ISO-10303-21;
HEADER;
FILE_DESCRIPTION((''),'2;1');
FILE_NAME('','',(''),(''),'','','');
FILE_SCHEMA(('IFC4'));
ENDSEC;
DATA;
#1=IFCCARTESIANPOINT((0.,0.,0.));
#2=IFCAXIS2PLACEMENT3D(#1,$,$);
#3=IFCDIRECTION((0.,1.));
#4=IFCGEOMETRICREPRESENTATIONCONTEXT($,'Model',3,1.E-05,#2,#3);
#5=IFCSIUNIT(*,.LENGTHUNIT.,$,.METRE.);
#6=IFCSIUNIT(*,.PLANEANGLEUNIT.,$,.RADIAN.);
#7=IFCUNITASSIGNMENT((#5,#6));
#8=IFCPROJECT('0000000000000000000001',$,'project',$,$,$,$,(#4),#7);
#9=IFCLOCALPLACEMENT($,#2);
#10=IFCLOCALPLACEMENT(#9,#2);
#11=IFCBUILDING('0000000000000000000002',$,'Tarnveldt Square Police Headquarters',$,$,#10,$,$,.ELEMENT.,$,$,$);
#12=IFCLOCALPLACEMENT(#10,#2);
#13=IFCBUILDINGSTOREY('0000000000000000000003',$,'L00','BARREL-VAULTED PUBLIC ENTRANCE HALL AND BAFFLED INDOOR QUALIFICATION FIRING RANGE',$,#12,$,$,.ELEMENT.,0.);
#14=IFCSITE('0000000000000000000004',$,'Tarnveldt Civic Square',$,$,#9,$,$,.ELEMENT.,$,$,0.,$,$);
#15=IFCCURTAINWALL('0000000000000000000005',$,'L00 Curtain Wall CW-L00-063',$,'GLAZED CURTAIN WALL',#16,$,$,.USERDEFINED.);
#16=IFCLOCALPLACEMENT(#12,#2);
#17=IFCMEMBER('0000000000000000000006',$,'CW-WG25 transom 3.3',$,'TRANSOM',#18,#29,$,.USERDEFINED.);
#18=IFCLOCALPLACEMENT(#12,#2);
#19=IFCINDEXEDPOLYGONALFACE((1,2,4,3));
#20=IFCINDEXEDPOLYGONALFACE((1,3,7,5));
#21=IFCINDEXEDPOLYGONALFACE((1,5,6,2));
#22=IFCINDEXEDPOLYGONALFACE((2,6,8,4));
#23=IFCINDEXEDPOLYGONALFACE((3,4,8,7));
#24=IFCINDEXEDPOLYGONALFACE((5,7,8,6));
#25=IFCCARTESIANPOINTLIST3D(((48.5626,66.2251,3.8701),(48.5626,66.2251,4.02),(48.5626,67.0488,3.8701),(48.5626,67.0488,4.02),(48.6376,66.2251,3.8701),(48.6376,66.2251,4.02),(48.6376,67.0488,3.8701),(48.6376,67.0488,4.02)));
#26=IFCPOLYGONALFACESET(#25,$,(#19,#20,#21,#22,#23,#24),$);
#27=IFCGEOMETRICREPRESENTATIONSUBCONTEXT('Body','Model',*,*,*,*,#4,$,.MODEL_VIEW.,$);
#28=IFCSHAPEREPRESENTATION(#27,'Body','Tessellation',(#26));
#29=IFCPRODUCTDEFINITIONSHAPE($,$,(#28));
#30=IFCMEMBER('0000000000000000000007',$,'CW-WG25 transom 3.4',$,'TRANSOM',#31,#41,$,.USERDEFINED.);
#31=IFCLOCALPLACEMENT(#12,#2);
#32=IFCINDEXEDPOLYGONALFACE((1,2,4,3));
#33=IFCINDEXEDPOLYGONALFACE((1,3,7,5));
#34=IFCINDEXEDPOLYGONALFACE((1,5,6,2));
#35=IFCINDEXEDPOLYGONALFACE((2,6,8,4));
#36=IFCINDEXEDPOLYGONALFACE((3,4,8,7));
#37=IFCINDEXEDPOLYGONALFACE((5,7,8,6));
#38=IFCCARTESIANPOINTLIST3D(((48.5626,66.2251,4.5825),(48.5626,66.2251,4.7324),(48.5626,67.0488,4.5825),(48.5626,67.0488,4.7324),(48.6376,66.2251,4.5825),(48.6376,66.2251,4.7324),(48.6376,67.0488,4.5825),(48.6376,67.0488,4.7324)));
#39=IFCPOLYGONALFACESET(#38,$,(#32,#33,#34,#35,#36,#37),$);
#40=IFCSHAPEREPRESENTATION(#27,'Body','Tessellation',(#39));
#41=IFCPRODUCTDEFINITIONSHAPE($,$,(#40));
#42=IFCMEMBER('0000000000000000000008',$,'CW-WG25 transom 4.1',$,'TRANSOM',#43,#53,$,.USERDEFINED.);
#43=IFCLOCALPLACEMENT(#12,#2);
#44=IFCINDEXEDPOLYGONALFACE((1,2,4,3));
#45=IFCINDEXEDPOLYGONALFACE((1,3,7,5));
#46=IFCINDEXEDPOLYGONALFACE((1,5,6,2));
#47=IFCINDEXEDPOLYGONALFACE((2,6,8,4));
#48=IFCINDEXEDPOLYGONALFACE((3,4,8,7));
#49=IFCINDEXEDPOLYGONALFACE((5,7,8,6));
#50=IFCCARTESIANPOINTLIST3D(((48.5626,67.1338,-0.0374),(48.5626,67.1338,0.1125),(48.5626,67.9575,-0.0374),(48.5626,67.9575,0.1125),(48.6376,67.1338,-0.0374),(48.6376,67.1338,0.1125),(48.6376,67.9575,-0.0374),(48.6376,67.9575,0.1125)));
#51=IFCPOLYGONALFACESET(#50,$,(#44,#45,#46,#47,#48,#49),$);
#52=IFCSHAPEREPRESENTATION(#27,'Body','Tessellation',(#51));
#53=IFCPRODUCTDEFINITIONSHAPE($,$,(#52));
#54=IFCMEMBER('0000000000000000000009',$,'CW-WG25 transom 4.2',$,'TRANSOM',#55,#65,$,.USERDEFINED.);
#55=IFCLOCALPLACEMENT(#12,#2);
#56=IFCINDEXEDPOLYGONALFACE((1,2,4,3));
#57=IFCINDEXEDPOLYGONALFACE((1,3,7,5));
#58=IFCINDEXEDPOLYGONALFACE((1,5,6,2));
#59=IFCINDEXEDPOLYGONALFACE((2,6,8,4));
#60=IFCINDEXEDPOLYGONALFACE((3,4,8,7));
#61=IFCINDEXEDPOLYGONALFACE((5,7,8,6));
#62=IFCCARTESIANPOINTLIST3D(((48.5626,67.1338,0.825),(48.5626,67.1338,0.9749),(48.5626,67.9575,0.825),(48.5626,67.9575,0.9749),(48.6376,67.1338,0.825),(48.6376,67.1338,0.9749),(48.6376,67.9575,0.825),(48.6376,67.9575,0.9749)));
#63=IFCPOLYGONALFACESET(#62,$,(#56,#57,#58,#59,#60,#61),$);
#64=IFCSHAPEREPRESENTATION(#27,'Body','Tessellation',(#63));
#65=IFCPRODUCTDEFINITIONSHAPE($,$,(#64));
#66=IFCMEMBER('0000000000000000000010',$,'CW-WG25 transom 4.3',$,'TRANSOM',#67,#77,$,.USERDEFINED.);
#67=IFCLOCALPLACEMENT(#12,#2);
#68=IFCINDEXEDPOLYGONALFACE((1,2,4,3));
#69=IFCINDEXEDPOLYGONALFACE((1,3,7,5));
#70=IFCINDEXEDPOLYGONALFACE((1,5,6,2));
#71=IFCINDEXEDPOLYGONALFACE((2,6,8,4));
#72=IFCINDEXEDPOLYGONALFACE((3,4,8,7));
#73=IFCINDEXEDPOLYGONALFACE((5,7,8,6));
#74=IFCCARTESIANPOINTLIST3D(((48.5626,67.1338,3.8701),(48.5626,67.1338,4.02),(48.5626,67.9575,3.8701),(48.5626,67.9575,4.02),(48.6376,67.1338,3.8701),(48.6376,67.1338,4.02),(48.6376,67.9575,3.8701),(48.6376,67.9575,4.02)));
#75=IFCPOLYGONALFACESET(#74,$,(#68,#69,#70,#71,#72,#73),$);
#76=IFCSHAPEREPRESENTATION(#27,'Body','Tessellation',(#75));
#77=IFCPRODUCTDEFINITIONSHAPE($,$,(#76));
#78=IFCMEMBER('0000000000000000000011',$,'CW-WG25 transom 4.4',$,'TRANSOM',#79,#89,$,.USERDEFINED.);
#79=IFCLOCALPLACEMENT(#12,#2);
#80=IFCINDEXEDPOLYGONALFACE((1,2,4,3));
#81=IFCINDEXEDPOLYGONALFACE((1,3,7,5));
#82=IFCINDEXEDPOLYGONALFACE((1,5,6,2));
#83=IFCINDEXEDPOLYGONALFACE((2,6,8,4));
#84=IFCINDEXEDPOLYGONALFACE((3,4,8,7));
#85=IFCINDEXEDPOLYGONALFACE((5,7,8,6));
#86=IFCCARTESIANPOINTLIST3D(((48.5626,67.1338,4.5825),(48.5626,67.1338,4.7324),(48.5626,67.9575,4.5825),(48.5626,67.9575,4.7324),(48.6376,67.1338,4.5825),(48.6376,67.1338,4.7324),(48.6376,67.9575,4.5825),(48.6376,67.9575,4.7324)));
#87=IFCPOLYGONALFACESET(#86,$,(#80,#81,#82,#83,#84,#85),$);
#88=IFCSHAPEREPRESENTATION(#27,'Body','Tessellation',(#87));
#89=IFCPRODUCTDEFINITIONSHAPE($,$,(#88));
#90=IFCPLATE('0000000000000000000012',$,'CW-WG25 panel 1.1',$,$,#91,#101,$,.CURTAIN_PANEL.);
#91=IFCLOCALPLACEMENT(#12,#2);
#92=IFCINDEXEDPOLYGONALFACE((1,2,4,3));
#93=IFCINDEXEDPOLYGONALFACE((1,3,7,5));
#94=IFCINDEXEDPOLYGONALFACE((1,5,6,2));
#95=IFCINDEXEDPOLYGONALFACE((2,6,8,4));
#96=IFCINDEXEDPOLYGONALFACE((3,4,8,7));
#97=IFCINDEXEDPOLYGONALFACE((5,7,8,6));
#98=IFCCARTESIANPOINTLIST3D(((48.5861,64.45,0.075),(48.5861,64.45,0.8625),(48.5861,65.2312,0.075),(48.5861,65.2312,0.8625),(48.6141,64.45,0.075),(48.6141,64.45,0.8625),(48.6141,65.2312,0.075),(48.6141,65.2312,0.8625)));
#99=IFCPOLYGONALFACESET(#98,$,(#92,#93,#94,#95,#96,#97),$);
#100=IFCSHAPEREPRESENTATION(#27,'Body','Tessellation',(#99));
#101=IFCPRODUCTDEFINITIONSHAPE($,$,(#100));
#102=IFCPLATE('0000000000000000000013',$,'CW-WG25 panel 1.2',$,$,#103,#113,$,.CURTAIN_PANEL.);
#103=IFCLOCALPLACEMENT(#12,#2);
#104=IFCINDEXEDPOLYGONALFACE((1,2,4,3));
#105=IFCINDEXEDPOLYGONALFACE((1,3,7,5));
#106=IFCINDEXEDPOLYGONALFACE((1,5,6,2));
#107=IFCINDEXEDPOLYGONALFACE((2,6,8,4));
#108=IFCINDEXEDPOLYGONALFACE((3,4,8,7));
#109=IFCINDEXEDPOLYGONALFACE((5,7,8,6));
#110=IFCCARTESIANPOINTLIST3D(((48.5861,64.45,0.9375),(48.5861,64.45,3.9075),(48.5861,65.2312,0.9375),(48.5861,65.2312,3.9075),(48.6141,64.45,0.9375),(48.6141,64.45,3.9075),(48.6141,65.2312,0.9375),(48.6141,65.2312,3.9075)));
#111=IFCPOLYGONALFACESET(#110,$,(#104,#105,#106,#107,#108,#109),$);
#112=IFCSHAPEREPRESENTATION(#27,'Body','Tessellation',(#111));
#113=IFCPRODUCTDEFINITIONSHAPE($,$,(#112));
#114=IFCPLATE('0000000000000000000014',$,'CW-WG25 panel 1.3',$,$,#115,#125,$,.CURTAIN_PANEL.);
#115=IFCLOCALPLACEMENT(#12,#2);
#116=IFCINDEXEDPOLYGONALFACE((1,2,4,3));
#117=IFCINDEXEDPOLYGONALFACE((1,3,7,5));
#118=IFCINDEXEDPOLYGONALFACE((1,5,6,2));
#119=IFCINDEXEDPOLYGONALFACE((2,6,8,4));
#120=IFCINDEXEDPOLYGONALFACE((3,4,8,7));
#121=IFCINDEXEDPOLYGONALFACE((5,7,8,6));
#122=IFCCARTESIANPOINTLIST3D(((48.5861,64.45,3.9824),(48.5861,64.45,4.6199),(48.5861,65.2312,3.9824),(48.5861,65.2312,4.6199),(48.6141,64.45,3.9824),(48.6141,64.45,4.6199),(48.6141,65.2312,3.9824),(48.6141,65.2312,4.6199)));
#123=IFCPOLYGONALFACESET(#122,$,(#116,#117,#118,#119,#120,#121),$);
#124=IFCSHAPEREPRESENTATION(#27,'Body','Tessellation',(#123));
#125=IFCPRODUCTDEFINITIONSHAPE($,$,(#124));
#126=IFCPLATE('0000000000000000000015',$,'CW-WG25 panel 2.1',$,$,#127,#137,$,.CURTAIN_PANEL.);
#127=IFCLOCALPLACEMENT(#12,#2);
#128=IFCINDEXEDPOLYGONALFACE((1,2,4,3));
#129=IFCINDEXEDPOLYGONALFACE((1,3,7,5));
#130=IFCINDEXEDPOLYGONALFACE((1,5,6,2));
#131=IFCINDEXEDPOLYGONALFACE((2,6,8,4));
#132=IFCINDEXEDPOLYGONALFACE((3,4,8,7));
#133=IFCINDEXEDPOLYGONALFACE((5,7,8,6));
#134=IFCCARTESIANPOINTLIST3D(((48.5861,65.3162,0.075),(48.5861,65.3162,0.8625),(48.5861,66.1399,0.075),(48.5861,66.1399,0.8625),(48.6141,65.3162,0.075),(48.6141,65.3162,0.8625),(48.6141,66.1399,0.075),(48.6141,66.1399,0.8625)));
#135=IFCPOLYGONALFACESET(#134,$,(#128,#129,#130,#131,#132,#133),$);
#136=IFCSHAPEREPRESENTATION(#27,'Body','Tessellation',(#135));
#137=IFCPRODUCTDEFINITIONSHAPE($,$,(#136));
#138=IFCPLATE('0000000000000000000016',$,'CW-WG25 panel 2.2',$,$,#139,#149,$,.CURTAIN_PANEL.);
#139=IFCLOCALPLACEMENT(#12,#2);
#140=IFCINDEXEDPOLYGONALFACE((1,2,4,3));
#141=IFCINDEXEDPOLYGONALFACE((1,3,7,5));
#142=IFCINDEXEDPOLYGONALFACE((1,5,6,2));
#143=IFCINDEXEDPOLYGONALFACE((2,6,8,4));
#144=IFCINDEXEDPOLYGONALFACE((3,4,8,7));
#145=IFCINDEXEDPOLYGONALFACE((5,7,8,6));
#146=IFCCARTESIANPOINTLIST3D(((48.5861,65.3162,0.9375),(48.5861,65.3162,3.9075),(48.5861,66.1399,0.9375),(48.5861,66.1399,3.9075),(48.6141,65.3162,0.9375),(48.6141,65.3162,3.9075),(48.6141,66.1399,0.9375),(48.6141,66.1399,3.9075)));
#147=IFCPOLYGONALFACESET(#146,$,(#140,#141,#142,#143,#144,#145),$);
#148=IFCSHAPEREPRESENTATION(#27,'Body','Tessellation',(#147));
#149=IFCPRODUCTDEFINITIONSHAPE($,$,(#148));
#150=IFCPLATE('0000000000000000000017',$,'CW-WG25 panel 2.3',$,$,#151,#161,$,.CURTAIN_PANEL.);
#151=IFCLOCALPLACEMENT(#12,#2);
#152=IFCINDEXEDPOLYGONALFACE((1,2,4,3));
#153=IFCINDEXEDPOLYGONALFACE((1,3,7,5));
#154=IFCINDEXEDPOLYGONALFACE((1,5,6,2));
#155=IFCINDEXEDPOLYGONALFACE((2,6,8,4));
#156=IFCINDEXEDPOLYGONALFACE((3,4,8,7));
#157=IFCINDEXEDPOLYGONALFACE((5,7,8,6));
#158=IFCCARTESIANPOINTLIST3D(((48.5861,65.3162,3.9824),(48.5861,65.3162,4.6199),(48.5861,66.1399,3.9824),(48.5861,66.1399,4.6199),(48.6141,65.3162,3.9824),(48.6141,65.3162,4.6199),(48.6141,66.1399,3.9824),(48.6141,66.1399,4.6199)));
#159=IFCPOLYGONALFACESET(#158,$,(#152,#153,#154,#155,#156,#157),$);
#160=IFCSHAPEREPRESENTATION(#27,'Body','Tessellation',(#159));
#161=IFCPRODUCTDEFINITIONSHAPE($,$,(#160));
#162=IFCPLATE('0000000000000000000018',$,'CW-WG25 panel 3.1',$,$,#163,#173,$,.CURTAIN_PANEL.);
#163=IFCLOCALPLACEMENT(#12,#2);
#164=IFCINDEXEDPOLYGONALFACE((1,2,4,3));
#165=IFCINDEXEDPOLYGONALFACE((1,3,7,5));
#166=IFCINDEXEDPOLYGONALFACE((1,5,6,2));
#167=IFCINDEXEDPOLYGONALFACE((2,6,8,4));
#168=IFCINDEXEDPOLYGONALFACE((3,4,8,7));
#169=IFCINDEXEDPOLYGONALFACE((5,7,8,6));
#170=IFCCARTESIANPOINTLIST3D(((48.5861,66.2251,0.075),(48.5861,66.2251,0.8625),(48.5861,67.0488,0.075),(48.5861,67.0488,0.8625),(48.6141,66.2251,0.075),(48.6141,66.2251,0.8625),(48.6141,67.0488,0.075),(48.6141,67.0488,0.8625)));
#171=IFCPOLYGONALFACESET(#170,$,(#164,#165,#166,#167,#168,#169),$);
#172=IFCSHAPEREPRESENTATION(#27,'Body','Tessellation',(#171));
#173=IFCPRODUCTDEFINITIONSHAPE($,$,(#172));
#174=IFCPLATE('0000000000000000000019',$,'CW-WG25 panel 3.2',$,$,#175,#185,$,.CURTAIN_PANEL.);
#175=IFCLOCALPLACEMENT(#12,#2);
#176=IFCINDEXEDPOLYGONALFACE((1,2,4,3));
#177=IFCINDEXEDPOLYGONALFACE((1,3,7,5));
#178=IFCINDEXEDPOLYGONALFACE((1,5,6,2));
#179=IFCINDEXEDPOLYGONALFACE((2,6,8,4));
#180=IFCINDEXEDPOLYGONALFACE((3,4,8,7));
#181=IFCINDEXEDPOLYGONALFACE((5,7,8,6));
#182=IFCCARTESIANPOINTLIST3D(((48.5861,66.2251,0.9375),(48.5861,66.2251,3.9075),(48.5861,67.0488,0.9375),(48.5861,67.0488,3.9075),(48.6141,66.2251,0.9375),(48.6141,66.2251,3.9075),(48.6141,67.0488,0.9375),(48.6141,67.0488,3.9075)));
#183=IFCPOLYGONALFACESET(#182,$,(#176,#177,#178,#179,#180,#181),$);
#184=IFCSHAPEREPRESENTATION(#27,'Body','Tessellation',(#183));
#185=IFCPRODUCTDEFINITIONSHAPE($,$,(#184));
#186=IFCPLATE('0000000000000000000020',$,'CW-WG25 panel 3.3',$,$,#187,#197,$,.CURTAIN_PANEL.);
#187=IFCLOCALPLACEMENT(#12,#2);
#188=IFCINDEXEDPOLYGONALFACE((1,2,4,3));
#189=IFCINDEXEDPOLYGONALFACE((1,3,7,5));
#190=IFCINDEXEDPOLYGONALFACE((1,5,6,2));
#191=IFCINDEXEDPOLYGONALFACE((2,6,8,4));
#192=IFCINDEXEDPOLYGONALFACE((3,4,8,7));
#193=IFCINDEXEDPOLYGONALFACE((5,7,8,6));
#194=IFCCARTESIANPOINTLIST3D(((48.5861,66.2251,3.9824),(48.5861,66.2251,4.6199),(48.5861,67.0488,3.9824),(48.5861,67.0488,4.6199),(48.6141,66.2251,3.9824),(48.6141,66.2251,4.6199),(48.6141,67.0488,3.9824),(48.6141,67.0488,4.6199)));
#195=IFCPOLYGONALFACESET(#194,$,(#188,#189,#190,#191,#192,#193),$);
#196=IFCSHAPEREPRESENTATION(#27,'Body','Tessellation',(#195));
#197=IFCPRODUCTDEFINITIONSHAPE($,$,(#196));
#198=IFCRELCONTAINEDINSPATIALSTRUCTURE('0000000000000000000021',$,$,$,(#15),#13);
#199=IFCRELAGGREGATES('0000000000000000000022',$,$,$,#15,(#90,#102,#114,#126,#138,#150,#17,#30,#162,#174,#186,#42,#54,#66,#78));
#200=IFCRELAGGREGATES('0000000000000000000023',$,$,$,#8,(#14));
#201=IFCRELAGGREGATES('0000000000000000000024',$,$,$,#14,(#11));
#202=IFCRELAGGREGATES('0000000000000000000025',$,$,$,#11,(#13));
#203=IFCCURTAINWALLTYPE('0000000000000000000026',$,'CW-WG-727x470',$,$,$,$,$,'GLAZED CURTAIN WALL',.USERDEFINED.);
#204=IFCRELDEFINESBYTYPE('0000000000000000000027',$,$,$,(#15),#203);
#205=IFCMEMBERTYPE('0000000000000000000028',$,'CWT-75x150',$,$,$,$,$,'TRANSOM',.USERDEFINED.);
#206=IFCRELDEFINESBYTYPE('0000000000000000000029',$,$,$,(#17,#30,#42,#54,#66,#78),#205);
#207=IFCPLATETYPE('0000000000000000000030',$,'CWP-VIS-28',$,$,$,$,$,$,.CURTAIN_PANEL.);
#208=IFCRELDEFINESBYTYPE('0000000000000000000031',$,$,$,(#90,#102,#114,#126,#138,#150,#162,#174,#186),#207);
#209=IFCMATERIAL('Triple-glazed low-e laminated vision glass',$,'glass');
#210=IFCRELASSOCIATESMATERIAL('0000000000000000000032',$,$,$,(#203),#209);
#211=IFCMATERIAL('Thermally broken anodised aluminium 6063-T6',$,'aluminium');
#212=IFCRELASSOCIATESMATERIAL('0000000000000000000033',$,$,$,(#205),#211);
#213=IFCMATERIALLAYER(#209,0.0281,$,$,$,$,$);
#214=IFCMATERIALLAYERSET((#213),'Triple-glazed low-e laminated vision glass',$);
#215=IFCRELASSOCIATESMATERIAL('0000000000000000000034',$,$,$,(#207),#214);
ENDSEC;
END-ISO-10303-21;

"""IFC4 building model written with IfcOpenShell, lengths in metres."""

from ifc_helpers import new_model, si_unit, direction, frame, origin, origin_2d, place, context, subcontext, project, spatial, rectangle, extrude, material, layer, layer_set, material_profile, profile_set, type_object, element, aggregate, save


model = new_model("IFC4")

# Units and contexts
model_context = context("Model", 3, precision=1e-05, world=origin(), true_north=direction((0.0, 1.0)))
body_context = subcontext(model_context, "Body", "Model", "MODEL_VIEW")
ifc_project = project(units=[si_unit("LENGTHUNIT", "METRE"), si_unit("PLANEANGLEUNIT", "RADIAN")], contexts=[model_context])

# Site, building, storey
site_placement = place(None, origin())
site = spatial("IfcSite", under=ifc_project, at=site_placement, Name="Tarnveldt Civic Square", CompositionType="ELEMENT", RefElevation=0.0)
building_placement = place(site_placement, origin())
building = spatial("IfcBuilding", under=site, at=building_placement, Name="Tarnveldt Square Police Headquarters", CompositionType="ELEMENT")
storey_placement = place(building_placement, origin())
storey = spatial("IfcBuildingStorey", under=building, at=storey_placement, Name="L00", Description="BARREL-VAULTED PUBLIC ENTRANCE HALL AND BAFFLED INDOOR QUALIFICATION FIRING RANGE", CompositionType="ELEMENT", Elevation=0.0)

# Curtain wall, members, plates
ifc_material_1 = material(Name="Triple-glazed low-e laminated vision glass", Category="glass")
curtain_wall_type = type_object("IfcCurtainWallType", Name="CW-WG-727x470", ElementType="GLAZED CURTAIN WALL", PredefinedType="USERDEFINED", material=ifc_material_1)
curtain_wall_placement = place(storey_placement, origin())
curtain_wall = element("IfcCurtainWall", 1, at=curtain_wall_placement, inside=storey, type_object=curtain_wall_type, Name="L00 Curtain Wall CW-L00-063", ObjectType="GLAZED CURTAIN WALL", PredefinedType="USERDEFINED")
ifc_material_2 = material(Name="Thermally broken anodised aluminium 6063-T6", Category="aluminium")
ifc_material_profile_1 = material_profile(ifc_material_2, rectangle(XDim=0.075, YDim=0.1499, at=origin_2d()), Name="CW-T75x150")
ifc_profile_set_1 = profile_set([ifc_material_profile_1], Name="Thermally broken anodised aluminium 6063-T6")
member_type_1 = type_object("IfcMemberType", Name="CWT-75x150", ElementType="TRANSOM", PredefinedType="USERDEFINED", material=ifc_profile_set_1)
member_1_placement = place(storey_placement, frame((48.6001, 66.2251, 3.9451), z_axis=(0.0, 1.0, 0.0), x_axis=(-1.0, 0.0, 0.0)))
member_1 = element("IfcMember", 2, at=member_1_placement, type_object=member_type_1, Name="CW-WG25 transom 3.3", ObjectType="TRANSOM", PredefinedType="USERDEFINED", context=body_context, shape_type="SweptSolid", body=[
    extrude(rectangle(XDim=0.075, YDim=0.1499, at=origin_2d()), origin(), (0.0, 0.0, 1.0), 0.8237),
])
member_2_placement = place(storey_placement, frame((48.6001, 66.2251, 4.6575), z_axis=(0.0, 1.0, 0.0), x_axis=(-1.0, 0.0, 0.0)))
member_2 = element("IfcMember", 3, at=member_2_placement, type_object=member_type_1, Name="CW-WG25 transom 3.4", ObjectType="TRANSOM", PredefinedType="USERDEFINED", context=body_context, shape_type="SweptSolid", body=[
    extrude(rectangle(XDim=0.075, YDim=0.1499, at=origin_2d()), origin(), (0.0, 0.0, 1.0), 0.8237),
])
member_3_placement = place(storey_placement, frame((48.6001, 67.1338, 0.0376), z_axis=(0.0, 1.0, 0.0), x_axis=(-1.0, 0.0, 0.0)))
member_3 = element("IfcMember", 4, at=member_3_placement, type_object=member_type_1, Name="CW-WG25 transom 4.1", ObjectType="TRANSOM", PredefinedType="USERDEFINED", context=body_context, shape_type="SweptSolid", body=[
    extrude(rectangle(XDim=0.075, YDim=0.1499, at=origin_2d()), origin(), (0.0, 0.0, 1.0), 0.8237),
])
member_4_placement = place(storey_placement, frame((48.6001, 67.1338, 0.8999), z_axis=(0.0, 1.0, 0.0), x_axis=(-1.0, 0.0, 0.0)))
member_4 = element("IfcMember", 5, at=member_4_placement, type_object=member_type_1, Name="CW-WG25 transom 4.2", ObjectType="TRANSOM", PredefinedType="USERDEFINED", context=body_context, shape_type="SweptSolid", body=[
    extrude(rectangle(XDim=0.075, YDim=0.1499, at=origin_2d()), origin(), (0.0, 0.0, 1.0), 0.8237),
])
member_5_placement = place(storey_placement, frame((48.6001, 67.1338, 3.9451), z_axis=(0.0, 1.0, 0.0), x_axis=(-1.0, 0.0, 0.0)))
member_5 = element("IfcMember", 6, at=member_5_placement, type_object=member_type_1, Name="CW-WG25 transom 4.3", ObjectType="TRANSOM", PredefinedType="USERDEFINED", context=body_context, shape_type="SweptSolid", body=[
    extrude(rectangle(XDim=0.075, YDim=0.1499, at=origin_2d()), origin(), (0.0, 0.0, 1.0), 0.8237),
])
member_6_placement = place(storey_placement, frame((48.6001, 67.1338, 4.6575), z_axis=(0.0, 1.0, 0.0), x_axis=(-1.0, 0.0, 0.0)))
member_6 = element("IfcMember", 7, at=member_6_placement, type_object=member_type_1, Name="CW-WG25 transom 4.4", ObjectType="TRANSOM", PredefinedType="USERDEFINED", context=body_context, shape_type="SweptSolid", body=[
    extrude(rectangle(XDim=0.075, YDim=0.1499, at=origin_2d()), origin(), (0.0, 0.0, 1.0), 0.8237),
])
ifc_layer = layer(ifc_material_1, 0.0281)
ifc_layer_set = layer_set([ifc_layer], Name="Triple-glazed low-e laminated vision glass")
plate_type = type_object("IfcPlateType", Name="CWP-VIS-28", PredefinedType="CURTAIN_PANEL", material=ifc_layer_set)
plate_1_placement = place(storey_placement, frame((48.6001, 64.8406, 0.075), z_axis=(0.0, 0.0, 1.0), x_axis=(0.0, 1.0, 0.0)))
plate_1 = element("IfcPlate", 8, at=plate_1_placement, type_object=plate_type, Name="CW-WG25 panel 1.1", PredefinedType="CURTAIN_PANEL", context=body_context, shape_type="SweptSolid", body=[
    extrude(rectangle(XDim=0.7812, YDim=0.0281, at=origin_2d()), origin(), (0.0, 0.0, 1.0), 0.7876),
])
plate_2_placement = place(storey_placement, frame((48.6001, 64.8406, 0.9375), z_axis=(0.0, 0.0, 1.0), x_axis=(0.0, 1.0, 0.0)))
plate_2 = element("IfcPlate", 9, at=plate_2_placement, type_object=plate_type, Name="CW-WG25 panel 1.2", PredefinedType="CURTAIN_PANEL", context=body_context, shape_type="SweptSolid", body=[
    extrude(rectangle(XDim=0.7812, YDim=0.0281, at=origin_2d()), origin(), (0.0, 0.0, 1.0), 2.97),
])
plate_3_placement = place(storey_placement, frame((48.6001, 64.8406, 3.9824), z_axis=(0.0, 0.0, 1.0), x_axis=(0.0, 1.0, 0.0)))
plate_3 = element("IfcPlate", 10, at=plate_3_placement, type_object=plate_type, Name="CW-WG25 panel 1.3", PredefinedType="CURTAIN_PANEL", context=body_context, shape_type="SweptSolid", body=[
    extrude(rectangle(XDim=0.7812, YDim=0.0281, at=origin_2d()), origin(), (0.0, 0.0, 1.0), 0.6375),
])
plate_4_placement = place(storey_placement, frame((48.6001, 65.728, 0.075), z_axis=(0.0, 0.0, 1.0), x_axis=(0.0, 1.0, 0.0)))
plate_4 = element("IfcPlate", 11, at=plate_4_placement, type_object=plate_type, Name="CW-WG25 panel 2.1", PredefinedType="CURTAIN_PANEL", context=body_context, shape_type="SweptSolid", body=[
    extrude(rectangle(XDim=0.8237, YDim=0.0281, at=origin_2d()), origin(), (0.0, 0.0, 1.0), 0.7876),
])
plate_5_placement = place(storey_placement, frame((48.6001, 65.728, 0.9375), z_axis=(0.0, 0.0, 1.0), x_axis=(0.0, 1.0, 0.0)))
plate_5 = element("IfcPlate", 12, at=plate_5_placement, type_object=plate_type, Name="CW-WG25 panel 2.2", PredefinedType="CURTAIN_PANEL", context=body_context, shape_type="SweptSolid", body=[
    extrude(rectangle(XDim=0.8237, YDim=0.0281, at=origin_2d()), origin(), (0.0, 0.0, 1.0), 2.97),
])
plate_6_placement = place(storey_placement, frame((48.6001, 65.728, 3.9824), z_axis=(0.0, 0.0, 1.0), x_axis=(0.0, 1.0, 0.0)))
plate_6 = element("IfcPlate", 13, at=plate_6_placement, type_object=plate_type, Name="CW-WG25 panel 2.3", PredefinedType="CURTAIN_PANEL", context=body_context, shape_type="SweptSolid", body=[
    extrude(rectangle(XDim=0.8237, YDim=0.0281, at=origin_2d()), origin(), (0.0, 0.0, 1.0), 0.6375),
])
plate_7_placement = place(storey_placement, frame((48.6001, 66.637, 0.075), z_axis=(0.0, 0.0, 1.0), x_axis=(0.0, 1.0, 0.0)))
plate_7 = element("IfcPlate", 14, at=plate_7_placement, type_object=plate_type, Name="CW-WG25 panel 3.1", PredefinedType="CURTAIN_PANEL", context=body_context, shape_type="SweptSolid", body=[
    extrude(rectangle(XDim=0.8237, YDim=0.0281, at=origin_2d()), origin(), (0.0, 0.0, 1.0), 0.7876),
])
plate_8_placement = place(storey_placement, frame((48.6001, 66.637, 0.9375), z_axis=(0.0, 0.0, 1.0), x_axis=(0.0, 1.0, 0.0)))
plate_8 = element("IfcPlate", 15, at=plate_8_placement, type_object=plate_type, Name="CW-WG25 panel 3.2", PredefinedType="CURTAIN_PANEL", context=body_context, shape_type="SweptSolid", body=[
    extrude(rectangle(XDim=0.8237, YDim=0.0281, at=origin_2d()), origin(), (0.0, 0.0, 1.0), 2.97),
])
plate_9_placement = place(storey_placement, frame((48.6001, 66.637, 3.9824), z_axis=(0.0, 0.0, 1.0), x_axis=(0.0, 1.0, 0.0)))
plate_9 = element("IfcPlate", 16, at=plate_9_placement, type_object=plate_type, Name="CW-WG25 panel 3.3", PredefinedType="CURTAIN_PANEL", context=body_context, shape_type="SweptSolid", body=[
    extrude(rectangle(XDim=0.8237, YDim=0.0281, at=origin_2d()), origin(), (0.0, 0.0, 1.0), 0.6375),
])
aggregate(curtain_wall, [plate_1, plate_2, plate_3, plate_4, plate_5, plate_6, member_1, member_2, plate_7, plate_8, plate_9, member_3, member_4, member_5, member_6])

save(model, "model.ifc")
